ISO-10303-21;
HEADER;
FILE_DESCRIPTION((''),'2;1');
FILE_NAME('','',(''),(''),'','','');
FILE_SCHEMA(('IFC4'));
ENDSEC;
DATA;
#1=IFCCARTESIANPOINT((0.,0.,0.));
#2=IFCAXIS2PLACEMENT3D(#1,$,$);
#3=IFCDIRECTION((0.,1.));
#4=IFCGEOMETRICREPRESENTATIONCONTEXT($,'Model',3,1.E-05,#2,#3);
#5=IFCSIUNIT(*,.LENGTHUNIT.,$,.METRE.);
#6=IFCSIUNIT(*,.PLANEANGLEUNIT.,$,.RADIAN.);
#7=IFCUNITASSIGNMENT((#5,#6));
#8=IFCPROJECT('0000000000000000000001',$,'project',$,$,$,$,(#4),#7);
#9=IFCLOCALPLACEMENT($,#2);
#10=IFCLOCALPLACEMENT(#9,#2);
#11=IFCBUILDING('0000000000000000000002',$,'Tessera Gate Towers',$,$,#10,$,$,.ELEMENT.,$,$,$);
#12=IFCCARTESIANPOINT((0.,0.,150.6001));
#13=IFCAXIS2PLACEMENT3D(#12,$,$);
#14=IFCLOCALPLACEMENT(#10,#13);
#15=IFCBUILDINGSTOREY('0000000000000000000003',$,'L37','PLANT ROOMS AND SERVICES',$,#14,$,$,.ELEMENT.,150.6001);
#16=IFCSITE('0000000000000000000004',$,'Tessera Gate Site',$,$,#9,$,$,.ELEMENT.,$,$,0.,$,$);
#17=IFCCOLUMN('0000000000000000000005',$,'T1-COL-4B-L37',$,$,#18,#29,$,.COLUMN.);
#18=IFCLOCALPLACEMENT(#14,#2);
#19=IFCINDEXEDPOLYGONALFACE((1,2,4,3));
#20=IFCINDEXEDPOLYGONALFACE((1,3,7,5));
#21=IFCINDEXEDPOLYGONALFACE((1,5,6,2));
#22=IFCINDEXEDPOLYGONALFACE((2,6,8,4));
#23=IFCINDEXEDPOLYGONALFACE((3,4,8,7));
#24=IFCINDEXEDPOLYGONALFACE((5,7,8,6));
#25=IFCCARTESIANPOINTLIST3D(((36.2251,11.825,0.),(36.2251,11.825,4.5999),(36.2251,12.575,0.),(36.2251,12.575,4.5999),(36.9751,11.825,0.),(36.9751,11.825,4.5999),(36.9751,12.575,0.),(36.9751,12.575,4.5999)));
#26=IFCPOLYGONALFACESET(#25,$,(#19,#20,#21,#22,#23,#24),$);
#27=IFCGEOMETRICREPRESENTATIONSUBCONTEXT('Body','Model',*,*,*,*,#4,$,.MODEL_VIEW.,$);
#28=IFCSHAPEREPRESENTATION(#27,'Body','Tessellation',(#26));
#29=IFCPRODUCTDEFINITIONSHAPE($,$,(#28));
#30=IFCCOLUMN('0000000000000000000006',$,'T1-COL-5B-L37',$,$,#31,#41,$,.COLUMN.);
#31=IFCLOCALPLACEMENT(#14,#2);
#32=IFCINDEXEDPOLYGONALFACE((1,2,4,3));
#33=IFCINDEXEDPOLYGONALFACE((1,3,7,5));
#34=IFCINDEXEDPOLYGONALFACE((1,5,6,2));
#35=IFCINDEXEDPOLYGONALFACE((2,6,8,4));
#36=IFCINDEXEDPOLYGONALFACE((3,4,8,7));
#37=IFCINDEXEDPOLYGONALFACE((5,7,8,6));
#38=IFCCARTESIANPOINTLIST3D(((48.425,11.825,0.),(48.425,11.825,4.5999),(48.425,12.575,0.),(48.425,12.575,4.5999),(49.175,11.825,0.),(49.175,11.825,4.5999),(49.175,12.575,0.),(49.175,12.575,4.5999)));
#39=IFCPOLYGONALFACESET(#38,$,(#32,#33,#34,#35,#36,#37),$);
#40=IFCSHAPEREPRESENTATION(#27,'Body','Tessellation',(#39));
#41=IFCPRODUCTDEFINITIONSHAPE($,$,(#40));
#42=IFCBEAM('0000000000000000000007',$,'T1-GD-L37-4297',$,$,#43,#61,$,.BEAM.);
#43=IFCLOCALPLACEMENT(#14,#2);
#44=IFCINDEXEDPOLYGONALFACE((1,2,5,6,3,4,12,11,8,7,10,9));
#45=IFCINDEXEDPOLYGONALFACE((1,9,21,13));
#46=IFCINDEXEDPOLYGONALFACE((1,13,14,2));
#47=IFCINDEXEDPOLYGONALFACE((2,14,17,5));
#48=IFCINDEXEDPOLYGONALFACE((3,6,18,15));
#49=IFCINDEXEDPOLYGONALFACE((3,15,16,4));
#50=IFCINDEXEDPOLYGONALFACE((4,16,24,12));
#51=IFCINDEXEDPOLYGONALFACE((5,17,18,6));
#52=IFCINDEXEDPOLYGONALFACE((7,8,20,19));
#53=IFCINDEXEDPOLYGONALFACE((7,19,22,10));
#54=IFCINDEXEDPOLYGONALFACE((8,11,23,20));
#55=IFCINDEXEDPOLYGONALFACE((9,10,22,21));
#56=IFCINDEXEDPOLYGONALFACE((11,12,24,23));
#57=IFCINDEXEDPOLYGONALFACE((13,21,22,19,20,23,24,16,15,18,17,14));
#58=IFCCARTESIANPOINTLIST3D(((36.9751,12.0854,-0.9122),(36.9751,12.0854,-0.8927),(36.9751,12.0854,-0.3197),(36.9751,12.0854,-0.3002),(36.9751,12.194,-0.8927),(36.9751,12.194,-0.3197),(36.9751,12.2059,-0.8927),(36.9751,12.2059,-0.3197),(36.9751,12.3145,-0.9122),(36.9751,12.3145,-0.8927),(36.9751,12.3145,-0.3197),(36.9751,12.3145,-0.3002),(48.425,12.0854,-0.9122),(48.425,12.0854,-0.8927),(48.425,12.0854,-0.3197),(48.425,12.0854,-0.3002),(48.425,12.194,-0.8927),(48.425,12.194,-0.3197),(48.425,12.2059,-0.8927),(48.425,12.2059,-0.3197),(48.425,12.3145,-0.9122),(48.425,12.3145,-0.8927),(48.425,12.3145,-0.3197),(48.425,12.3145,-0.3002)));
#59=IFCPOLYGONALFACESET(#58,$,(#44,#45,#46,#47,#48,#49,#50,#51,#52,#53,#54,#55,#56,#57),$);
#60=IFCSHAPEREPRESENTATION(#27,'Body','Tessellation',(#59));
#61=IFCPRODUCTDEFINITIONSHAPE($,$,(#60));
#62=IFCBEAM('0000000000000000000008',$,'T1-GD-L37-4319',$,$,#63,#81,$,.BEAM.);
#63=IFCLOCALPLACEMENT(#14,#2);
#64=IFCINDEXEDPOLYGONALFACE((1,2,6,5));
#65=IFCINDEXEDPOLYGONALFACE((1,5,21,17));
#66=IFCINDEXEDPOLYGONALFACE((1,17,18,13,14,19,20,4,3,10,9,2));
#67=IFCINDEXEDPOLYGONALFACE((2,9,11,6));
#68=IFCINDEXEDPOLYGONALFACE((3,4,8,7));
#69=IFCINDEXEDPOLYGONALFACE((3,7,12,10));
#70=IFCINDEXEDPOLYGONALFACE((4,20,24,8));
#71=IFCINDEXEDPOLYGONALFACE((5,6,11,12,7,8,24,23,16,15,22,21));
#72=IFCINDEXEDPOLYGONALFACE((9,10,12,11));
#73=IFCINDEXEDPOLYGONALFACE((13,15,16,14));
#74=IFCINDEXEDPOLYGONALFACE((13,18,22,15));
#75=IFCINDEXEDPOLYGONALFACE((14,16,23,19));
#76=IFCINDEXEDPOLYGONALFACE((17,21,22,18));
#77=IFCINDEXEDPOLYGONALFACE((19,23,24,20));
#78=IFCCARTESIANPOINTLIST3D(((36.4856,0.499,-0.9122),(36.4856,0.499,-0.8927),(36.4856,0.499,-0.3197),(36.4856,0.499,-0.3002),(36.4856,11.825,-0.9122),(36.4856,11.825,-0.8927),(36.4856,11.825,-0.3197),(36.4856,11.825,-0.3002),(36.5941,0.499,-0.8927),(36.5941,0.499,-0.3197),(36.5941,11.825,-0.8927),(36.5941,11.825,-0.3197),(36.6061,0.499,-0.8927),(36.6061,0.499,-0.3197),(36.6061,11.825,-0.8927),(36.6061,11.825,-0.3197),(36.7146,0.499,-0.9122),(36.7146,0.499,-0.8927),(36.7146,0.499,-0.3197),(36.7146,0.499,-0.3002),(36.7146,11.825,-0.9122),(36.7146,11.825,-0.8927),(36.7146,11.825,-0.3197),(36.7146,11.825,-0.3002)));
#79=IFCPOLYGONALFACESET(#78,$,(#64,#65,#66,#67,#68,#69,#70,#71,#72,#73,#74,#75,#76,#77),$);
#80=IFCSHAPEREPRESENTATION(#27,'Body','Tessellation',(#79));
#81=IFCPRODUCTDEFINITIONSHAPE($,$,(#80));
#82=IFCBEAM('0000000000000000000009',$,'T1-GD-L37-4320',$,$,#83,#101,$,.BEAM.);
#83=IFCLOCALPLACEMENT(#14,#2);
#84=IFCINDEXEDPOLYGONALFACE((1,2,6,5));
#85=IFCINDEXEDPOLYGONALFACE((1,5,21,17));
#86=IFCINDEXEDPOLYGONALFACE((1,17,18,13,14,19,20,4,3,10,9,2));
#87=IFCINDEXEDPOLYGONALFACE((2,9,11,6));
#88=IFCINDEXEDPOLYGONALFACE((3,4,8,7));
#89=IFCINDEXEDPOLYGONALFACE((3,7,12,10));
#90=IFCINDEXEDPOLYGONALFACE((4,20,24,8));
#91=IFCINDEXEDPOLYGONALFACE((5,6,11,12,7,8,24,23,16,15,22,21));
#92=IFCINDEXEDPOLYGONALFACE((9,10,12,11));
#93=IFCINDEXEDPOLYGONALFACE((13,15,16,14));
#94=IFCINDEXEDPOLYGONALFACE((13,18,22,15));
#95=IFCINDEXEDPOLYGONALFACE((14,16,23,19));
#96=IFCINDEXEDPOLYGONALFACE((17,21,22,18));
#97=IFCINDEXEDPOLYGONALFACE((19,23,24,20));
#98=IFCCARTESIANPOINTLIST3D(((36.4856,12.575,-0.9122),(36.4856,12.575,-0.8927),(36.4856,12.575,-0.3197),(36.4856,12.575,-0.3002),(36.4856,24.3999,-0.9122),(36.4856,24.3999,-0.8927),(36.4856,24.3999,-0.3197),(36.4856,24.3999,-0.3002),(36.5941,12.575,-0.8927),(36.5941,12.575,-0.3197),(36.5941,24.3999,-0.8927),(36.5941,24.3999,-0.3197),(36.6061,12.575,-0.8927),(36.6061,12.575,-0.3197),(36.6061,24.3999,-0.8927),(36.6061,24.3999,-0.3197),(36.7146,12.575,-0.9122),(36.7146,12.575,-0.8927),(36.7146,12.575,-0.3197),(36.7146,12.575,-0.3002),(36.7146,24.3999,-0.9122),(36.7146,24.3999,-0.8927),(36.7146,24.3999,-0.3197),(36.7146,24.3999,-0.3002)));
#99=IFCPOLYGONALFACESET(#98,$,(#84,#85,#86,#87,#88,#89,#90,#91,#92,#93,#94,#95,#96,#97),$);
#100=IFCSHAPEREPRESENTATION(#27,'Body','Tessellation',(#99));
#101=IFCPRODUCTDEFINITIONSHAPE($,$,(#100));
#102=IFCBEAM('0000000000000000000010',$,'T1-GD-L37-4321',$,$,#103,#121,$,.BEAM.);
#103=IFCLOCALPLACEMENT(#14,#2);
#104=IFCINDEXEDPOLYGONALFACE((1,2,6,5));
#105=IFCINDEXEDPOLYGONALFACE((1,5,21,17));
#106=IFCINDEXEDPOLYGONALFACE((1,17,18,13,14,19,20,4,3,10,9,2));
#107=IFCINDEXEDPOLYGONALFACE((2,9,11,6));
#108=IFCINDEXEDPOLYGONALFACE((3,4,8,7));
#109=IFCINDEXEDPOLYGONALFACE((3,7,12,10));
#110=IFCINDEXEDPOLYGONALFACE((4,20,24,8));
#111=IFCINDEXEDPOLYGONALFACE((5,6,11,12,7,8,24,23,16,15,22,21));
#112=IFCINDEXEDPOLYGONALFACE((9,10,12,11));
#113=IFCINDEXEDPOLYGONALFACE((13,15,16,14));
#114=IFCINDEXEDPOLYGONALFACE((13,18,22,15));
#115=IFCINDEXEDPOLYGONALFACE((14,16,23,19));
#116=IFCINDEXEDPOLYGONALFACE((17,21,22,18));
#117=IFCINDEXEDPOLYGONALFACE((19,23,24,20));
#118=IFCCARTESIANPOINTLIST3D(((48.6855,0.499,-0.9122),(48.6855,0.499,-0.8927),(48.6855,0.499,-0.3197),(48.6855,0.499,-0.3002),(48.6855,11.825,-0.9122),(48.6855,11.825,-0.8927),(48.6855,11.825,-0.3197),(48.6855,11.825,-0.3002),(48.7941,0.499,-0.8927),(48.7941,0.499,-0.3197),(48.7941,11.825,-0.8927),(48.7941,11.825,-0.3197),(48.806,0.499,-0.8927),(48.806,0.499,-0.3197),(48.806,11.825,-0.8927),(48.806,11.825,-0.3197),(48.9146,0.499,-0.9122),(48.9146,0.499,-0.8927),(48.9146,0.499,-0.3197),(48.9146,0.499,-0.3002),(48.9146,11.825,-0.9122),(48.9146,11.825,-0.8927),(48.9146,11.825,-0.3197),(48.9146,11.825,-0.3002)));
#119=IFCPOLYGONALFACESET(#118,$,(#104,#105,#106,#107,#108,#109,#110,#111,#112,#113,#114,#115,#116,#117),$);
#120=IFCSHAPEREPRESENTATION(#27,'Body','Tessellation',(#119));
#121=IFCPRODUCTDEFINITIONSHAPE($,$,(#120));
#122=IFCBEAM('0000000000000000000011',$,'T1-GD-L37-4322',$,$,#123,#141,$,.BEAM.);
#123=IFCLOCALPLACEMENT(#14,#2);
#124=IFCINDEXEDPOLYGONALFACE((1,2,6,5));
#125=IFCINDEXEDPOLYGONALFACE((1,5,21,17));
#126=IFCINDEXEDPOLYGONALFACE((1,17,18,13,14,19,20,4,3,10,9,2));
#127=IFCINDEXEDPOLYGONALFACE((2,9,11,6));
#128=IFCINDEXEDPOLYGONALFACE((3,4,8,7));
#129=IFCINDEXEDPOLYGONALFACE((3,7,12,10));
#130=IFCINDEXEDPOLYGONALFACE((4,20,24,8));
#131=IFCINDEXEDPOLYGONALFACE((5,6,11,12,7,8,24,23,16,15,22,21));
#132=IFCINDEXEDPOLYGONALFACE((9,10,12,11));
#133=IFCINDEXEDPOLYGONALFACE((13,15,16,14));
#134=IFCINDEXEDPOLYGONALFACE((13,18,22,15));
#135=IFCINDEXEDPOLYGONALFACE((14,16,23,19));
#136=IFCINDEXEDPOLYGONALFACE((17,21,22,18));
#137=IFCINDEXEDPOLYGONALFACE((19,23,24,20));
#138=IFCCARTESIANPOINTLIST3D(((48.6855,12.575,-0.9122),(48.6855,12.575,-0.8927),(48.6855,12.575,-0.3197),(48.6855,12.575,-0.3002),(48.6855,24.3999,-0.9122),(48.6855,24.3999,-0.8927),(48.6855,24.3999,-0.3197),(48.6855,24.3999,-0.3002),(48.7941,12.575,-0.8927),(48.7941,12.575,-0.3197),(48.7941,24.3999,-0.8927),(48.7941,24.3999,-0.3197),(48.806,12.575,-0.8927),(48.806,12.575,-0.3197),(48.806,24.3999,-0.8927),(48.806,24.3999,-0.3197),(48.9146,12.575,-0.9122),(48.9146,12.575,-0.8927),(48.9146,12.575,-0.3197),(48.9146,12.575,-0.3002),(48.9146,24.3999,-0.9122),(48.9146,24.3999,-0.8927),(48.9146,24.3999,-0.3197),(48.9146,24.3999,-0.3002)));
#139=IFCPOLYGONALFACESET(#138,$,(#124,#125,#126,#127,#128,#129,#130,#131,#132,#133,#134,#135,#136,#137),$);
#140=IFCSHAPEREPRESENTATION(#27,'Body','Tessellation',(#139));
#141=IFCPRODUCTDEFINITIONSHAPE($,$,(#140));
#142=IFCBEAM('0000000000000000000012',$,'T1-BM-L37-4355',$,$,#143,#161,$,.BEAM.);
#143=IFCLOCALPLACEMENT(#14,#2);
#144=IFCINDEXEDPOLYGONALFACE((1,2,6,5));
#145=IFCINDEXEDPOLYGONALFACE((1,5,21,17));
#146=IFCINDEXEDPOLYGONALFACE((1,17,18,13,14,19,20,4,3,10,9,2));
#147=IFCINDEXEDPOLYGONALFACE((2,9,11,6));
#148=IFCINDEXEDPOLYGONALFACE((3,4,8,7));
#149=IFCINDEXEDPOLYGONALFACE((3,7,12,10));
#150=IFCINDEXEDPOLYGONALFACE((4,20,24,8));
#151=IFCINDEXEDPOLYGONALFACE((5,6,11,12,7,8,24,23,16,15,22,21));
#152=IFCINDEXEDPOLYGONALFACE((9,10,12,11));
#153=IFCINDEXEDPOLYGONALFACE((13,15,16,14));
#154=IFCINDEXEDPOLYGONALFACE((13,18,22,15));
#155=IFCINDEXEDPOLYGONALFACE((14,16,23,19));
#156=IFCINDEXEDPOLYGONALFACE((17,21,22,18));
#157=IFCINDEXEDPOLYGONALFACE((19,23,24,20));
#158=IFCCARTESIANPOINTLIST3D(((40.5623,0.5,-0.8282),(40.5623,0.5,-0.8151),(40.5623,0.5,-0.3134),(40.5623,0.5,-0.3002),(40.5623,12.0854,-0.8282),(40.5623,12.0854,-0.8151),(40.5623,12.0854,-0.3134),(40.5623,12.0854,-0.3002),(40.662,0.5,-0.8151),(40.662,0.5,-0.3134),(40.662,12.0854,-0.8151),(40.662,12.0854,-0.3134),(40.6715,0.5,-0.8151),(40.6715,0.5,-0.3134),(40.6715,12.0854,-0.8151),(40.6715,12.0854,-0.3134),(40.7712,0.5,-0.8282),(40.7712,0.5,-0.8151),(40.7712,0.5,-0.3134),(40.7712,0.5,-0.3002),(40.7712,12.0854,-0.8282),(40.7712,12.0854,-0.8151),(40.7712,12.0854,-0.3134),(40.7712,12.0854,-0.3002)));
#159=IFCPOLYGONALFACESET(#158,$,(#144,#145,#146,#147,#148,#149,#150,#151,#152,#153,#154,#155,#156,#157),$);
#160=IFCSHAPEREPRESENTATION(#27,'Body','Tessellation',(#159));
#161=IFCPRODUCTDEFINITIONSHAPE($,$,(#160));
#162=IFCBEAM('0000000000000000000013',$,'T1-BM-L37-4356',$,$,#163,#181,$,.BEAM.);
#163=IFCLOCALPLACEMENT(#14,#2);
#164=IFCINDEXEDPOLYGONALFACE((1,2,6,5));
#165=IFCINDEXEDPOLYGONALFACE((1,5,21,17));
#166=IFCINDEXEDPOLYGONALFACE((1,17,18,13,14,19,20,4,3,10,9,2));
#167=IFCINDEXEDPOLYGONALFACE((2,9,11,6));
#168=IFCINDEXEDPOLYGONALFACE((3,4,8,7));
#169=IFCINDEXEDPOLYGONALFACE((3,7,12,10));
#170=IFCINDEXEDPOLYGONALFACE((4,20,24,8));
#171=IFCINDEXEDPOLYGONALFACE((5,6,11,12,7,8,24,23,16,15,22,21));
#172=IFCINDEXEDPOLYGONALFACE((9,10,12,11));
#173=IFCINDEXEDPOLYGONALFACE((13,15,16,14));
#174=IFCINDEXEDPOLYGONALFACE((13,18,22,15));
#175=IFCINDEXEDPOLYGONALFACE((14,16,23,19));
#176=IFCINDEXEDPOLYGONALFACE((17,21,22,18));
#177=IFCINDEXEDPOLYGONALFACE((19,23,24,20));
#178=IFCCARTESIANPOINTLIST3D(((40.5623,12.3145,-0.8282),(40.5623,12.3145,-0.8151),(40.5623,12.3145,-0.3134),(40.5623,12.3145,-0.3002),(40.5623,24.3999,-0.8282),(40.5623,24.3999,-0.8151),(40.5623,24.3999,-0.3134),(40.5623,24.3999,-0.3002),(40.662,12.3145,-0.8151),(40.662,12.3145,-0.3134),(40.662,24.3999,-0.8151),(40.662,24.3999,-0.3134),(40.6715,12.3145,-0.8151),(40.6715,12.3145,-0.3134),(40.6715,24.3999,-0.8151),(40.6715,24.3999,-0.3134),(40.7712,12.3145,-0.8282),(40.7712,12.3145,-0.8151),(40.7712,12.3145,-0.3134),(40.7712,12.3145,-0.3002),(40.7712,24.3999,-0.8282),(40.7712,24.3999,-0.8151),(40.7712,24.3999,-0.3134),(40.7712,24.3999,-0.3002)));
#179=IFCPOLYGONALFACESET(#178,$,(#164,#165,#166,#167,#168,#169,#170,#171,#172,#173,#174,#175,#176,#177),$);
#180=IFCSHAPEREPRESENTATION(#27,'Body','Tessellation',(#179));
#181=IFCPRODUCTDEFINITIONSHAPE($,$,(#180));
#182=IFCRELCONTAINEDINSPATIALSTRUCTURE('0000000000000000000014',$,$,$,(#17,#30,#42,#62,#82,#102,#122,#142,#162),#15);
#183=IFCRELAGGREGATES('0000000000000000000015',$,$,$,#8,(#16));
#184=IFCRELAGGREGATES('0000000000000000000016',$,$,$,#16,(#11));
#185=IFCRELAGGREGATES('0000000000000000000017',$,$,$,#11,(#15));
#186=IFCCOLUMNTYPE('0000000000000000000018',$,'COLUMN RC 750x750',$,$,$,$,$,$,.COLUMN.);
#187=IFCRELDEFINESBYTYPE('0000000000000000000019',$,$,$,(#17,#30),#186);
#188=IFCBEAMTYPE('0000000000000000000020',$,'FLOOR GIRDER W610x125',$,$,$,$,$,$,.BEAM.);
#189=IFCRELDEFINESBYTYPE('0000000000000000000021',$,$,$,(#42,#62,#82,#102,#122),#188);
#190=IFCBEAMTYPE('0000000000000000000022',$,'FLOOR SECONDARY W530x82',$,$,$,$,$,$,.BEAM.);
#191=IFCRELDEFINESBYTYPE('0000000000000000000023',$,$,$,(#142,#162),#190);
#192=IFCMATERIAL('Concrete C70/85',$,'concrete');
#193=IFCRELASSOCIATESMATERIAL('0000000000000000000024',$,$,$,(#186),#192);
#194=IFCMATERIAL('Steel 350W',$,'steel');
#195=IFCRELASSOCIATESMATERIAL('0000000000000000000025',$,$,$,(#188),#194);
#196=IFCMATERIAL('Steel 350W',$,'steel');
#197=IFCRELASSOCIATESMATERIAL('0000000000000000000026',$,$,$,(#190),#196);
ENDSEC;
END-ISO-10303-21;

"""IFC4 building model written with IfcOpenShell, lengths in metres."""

from ifc_helpers import new_model, si_unit, direction, frame, origin, origin_2d, place, context, subcontext, project, spatial, rectangle, i_section, extrude, material, material_profile, profile_set, type_object, element, save


model = new_model("IFC4")

# Units and contexts
model_context = context("Model", 3, precision=1e-05, world=origin(), true_north=direction((0.0, 1.0)))
body_context = subcontext(model_context, "Body", "Model", "MODEL_VIEW")
ifc_project = project(units=[si_unit("LENGTHUNIT", "METRE"), si_unit("PLANEANGLEUNIT", "RADIAN")], contexts=[model_context])

# Site, building, storey
site_placement = place(None, origin())
site = spatial("IfcSite", under=ifc_project, at=site_placement, Name="Tessera Gate Site", CompositionType="ELEMENT", RefElevation=0.0)
building_placement = place(site_placement, origin())
building = spatial("IfcBuilding", under=site, at=building_placement, Name="Tessera Gate Towers", CompositionType="ELEMENT")
storey_placement = place(building_placement, frame((0.0, 0.0, 150.6001)))
storey = spatial("IfcBuildingStorey", under=building, at=storey_placement, Name="L37", Description="PLANT ROOMS AND SERVICES", CompositionType="ELEMENT", Elevation=150.6001)

# Columns
ifc_material_1 = material(Name="Concrete C70/85", Category="concrete")
ifc_material_profile_1 = material_profile(ifc_material_1, rectangle(XDim=0.75, YDim=0.75, at=origin_2d()), Name="RC 750x750")
ifc_profile_set_1 = profile_set([ifc_material_profile_1], Name="Concrete C70/85")
column_type = type_object("IfcColumnType", Name="COLUMN RC 750x750", PredefinedType="COLUMN", material=ifc_profile_set_1)
for number, where, z_axis, x_axis, name in (
    (1, (36.6001, 12.2, 0.0), (0.0, 0.0, 1.0), (1.0, 0.0, 0.0), "T1-COL-4B-L37"),
    (2, (48.8, 12.2, 0.0), (0.0, 0.0, 1.0), (1.0, 0.0, 0.0), "T1-COL-5B-L37"),
):
    element("IfcColumn", number, at=place(storey_placement, frame(where, z_axis=z_axis, x_axis=x_axis)), inside=storey, type_object=column_type, Name=name, PredefinedType="COLUMN", context=body_context, shape_type="SweptSolid", body=[
        extrude(rectangle(XDim=0.75, YDim=0.75, at=origin_2d()), origin(), (0.0, 0.0, 1.0), 4.5999),
    ])

# Beams
ifc_material_2 = material(Name="Steel 350W", Category="steel")
ifc_material_profile_2 = material_profile(ifc_material_2, i_section(OverallWidth=0.229, OverallDepth=0.6121, WebThickness=0.012, FlangeThickness=0.0195, at=origin_2d()), Name="W610x125")
ifc_profile_set_2 = profile_set([ifc_material_profile_2], Name="Steel 350W")
beam_type_1 = type_object("IfcBeamType", Name="FLOOR GIRDER W610x125", PredefinedType="BEAM", material=ifc_profile_set_2)
beam_1_placement = place(storey_placement, frame((36.9751, 12.2, -0.6062), z_axis=(1.0, 0.0, 0.0), x_axis=(0.0, 1.0, 0.0)))
element("IfcBeam", 3, at=beam_1_placement, inside=storey, type_object=beam_type_1, Name="T1-GD-L37-4297", PredefinedType="BEAM", context=body_context, shape_type="SweptSolid", body=[
    extrude(i_section(OverallWidth=0.229, OverallDepth=0.6121, WebThickness=0.012, FlangeThickness=0.0195, at=origin_2d()), origin(), (0.0, 0.0, 1.0), 11.45),
])
beam_2_placement = place(storey_placement, frame((36.6001, 0.499, -0.6062), z_axis=(0.0, 1.0, 0.0), x_axis=(-1.0, 0.0, 0.0)))
element("IfcBeam", 4, at=beam_2_placement, inside=storey, type_object=beam_type_1, Name="T1-GD-L37-4319", PredefinedType="BEAM", context=body_context, shape_type="SweptSolid", body=[
    extrude(i_section(OverallWidth=0.229, OverallDepth=0.6121, WebThickness=0.012, FlangeThickness=0.0195, at=origin_2d()), origin(), (0.0, 0.0, 1.0), 11.3259),
])
beam_3_placement = place(storey_placement, frame((36.6001, 12.575, -0.6062), z_axis=(0.0, 1.0, 0.0), x_axis=(-1.0, 0.0, 0.0)))
element("IfcBeam", 5, at=beam_3_placement, inside=storey, type_object=beam_type_1, Name="T1-GD-L37-4320", PredefinedType="BEAM", context=body_context, shape_type="SweptSolid", body=[
    extrude(i_section(OverallWidth=0.229, OverallDepth=0.6121, WebThickness=0.012, FlangeThickness=0.0195, at=origin_2d()), origin(), (0.0, 0.0, 1.0), 11.825),
])
beam_4_placement = place(storey_placement, frame((48.8, 0.499, -0.6062), z_axis=(0.0, 1.0, 0.0), x_axis=(-1.0, 0.0, 0.0)))
element("IfcBeam", 6, at=beam_4_placement, inside=storey, type_object=beam_type_1, Name="T1-GD-L37-4321", PredefinedType="BEAM", context=body_context, shape_type="SweptSolid", body=[
    extrude(i_section(OverallWidth=0.229, OverallDepth=0.6121, WebThickness=0.012, FlangeThickness=0.0195, at=origin_2d()), origin(), (0.0, 0.0, 1.0), 11.3259),
])
beam_5_placement = place(storey_placement, frame((48.8, 12.575, -0.6062), z_axis=(0.0, 1.0, 0.0), x_axis=(-1.0, 0.0, 0.0)))
element("IfcBeam", 7, at=beam_5_placement, inside=storey, type_object=beam_type_1, Name="T1-GD-L37-4322", PredefinedType="BEAM", context=body_context, shape_type="SweptSolid", body=[
    extrude(i_section(OverallWidth=0.229, OverallDepth=0.6121, WebThickness=0.012, FlangeThickness=0.0195, at=origin_2d()), origin(), (0.0, 0.0, 1.0), 11.825),
])
ifc_material_3 = material(Name="Steel 350W", Category="steel")
ifc_material_profile_3 = material_profile(ifc_material_3, i_section(OverallWidth=0.209, OverallDepth=0.5281, WebThickness=0.0095, FlangeThickness=0.0132, at=origin_2d()), Name="W530x82")
ifc_profile_set_3 = profile_set([ifc_material_profile_3], Name="Steel 350W")
beam_type_2 = type_object("IfcBeamType", Name="FLOOR SECONDARY W530x82", PredefinedType="BEAM", material=ifc_profile_set_3)
beam_6_placement = place(storey_placement, frame((40.6667, 0.5, -0.5642), z_axis=(0.0, 1.0, 0.0), x_axis=(-1.0, 0.0, 0.0)))
element("IfcBeam", 8, at=beam_6_placement, inside=storey, type_object=beam_type_2, Name="T1-BM-L37-4355", PredefinedType="BEAM", context=body_context, shape_type="SweptSolid", body=[
    extrude(i_section(OverallWidth=0.209, OverallDepth=0.5281, WebThickness=0.0095, FlangeThickness=0.0132, at=origin_2d()), origin(), (0.0, 0.0, 1.0), 11.5854),
])
beam_7_placement = place(storey_placement, frame((40.6667, 12.3145, -0.5642), z_axis=(0.0, 1.0, 0.0), x_axis=(-1.0, 0.0, 0.0)))
element("IfcBeam", 9, at=beam_7_placement, inside=storey, type_object=beam_type_2, Name="T1-BM-L37-4356", PredefinedType="BEAM", context=body_context, shape_type="SweptSolid", body=[
    extrude(i_section(OverallWidth=0.209, OverallDepth=0.5281, WebThickness=0.0095, FlangeThickness=0.0132, at=origin_2d()), origin(), (0.0, 0.0, 1.0), 12.0854),
])

save(model, "model.ifc")
